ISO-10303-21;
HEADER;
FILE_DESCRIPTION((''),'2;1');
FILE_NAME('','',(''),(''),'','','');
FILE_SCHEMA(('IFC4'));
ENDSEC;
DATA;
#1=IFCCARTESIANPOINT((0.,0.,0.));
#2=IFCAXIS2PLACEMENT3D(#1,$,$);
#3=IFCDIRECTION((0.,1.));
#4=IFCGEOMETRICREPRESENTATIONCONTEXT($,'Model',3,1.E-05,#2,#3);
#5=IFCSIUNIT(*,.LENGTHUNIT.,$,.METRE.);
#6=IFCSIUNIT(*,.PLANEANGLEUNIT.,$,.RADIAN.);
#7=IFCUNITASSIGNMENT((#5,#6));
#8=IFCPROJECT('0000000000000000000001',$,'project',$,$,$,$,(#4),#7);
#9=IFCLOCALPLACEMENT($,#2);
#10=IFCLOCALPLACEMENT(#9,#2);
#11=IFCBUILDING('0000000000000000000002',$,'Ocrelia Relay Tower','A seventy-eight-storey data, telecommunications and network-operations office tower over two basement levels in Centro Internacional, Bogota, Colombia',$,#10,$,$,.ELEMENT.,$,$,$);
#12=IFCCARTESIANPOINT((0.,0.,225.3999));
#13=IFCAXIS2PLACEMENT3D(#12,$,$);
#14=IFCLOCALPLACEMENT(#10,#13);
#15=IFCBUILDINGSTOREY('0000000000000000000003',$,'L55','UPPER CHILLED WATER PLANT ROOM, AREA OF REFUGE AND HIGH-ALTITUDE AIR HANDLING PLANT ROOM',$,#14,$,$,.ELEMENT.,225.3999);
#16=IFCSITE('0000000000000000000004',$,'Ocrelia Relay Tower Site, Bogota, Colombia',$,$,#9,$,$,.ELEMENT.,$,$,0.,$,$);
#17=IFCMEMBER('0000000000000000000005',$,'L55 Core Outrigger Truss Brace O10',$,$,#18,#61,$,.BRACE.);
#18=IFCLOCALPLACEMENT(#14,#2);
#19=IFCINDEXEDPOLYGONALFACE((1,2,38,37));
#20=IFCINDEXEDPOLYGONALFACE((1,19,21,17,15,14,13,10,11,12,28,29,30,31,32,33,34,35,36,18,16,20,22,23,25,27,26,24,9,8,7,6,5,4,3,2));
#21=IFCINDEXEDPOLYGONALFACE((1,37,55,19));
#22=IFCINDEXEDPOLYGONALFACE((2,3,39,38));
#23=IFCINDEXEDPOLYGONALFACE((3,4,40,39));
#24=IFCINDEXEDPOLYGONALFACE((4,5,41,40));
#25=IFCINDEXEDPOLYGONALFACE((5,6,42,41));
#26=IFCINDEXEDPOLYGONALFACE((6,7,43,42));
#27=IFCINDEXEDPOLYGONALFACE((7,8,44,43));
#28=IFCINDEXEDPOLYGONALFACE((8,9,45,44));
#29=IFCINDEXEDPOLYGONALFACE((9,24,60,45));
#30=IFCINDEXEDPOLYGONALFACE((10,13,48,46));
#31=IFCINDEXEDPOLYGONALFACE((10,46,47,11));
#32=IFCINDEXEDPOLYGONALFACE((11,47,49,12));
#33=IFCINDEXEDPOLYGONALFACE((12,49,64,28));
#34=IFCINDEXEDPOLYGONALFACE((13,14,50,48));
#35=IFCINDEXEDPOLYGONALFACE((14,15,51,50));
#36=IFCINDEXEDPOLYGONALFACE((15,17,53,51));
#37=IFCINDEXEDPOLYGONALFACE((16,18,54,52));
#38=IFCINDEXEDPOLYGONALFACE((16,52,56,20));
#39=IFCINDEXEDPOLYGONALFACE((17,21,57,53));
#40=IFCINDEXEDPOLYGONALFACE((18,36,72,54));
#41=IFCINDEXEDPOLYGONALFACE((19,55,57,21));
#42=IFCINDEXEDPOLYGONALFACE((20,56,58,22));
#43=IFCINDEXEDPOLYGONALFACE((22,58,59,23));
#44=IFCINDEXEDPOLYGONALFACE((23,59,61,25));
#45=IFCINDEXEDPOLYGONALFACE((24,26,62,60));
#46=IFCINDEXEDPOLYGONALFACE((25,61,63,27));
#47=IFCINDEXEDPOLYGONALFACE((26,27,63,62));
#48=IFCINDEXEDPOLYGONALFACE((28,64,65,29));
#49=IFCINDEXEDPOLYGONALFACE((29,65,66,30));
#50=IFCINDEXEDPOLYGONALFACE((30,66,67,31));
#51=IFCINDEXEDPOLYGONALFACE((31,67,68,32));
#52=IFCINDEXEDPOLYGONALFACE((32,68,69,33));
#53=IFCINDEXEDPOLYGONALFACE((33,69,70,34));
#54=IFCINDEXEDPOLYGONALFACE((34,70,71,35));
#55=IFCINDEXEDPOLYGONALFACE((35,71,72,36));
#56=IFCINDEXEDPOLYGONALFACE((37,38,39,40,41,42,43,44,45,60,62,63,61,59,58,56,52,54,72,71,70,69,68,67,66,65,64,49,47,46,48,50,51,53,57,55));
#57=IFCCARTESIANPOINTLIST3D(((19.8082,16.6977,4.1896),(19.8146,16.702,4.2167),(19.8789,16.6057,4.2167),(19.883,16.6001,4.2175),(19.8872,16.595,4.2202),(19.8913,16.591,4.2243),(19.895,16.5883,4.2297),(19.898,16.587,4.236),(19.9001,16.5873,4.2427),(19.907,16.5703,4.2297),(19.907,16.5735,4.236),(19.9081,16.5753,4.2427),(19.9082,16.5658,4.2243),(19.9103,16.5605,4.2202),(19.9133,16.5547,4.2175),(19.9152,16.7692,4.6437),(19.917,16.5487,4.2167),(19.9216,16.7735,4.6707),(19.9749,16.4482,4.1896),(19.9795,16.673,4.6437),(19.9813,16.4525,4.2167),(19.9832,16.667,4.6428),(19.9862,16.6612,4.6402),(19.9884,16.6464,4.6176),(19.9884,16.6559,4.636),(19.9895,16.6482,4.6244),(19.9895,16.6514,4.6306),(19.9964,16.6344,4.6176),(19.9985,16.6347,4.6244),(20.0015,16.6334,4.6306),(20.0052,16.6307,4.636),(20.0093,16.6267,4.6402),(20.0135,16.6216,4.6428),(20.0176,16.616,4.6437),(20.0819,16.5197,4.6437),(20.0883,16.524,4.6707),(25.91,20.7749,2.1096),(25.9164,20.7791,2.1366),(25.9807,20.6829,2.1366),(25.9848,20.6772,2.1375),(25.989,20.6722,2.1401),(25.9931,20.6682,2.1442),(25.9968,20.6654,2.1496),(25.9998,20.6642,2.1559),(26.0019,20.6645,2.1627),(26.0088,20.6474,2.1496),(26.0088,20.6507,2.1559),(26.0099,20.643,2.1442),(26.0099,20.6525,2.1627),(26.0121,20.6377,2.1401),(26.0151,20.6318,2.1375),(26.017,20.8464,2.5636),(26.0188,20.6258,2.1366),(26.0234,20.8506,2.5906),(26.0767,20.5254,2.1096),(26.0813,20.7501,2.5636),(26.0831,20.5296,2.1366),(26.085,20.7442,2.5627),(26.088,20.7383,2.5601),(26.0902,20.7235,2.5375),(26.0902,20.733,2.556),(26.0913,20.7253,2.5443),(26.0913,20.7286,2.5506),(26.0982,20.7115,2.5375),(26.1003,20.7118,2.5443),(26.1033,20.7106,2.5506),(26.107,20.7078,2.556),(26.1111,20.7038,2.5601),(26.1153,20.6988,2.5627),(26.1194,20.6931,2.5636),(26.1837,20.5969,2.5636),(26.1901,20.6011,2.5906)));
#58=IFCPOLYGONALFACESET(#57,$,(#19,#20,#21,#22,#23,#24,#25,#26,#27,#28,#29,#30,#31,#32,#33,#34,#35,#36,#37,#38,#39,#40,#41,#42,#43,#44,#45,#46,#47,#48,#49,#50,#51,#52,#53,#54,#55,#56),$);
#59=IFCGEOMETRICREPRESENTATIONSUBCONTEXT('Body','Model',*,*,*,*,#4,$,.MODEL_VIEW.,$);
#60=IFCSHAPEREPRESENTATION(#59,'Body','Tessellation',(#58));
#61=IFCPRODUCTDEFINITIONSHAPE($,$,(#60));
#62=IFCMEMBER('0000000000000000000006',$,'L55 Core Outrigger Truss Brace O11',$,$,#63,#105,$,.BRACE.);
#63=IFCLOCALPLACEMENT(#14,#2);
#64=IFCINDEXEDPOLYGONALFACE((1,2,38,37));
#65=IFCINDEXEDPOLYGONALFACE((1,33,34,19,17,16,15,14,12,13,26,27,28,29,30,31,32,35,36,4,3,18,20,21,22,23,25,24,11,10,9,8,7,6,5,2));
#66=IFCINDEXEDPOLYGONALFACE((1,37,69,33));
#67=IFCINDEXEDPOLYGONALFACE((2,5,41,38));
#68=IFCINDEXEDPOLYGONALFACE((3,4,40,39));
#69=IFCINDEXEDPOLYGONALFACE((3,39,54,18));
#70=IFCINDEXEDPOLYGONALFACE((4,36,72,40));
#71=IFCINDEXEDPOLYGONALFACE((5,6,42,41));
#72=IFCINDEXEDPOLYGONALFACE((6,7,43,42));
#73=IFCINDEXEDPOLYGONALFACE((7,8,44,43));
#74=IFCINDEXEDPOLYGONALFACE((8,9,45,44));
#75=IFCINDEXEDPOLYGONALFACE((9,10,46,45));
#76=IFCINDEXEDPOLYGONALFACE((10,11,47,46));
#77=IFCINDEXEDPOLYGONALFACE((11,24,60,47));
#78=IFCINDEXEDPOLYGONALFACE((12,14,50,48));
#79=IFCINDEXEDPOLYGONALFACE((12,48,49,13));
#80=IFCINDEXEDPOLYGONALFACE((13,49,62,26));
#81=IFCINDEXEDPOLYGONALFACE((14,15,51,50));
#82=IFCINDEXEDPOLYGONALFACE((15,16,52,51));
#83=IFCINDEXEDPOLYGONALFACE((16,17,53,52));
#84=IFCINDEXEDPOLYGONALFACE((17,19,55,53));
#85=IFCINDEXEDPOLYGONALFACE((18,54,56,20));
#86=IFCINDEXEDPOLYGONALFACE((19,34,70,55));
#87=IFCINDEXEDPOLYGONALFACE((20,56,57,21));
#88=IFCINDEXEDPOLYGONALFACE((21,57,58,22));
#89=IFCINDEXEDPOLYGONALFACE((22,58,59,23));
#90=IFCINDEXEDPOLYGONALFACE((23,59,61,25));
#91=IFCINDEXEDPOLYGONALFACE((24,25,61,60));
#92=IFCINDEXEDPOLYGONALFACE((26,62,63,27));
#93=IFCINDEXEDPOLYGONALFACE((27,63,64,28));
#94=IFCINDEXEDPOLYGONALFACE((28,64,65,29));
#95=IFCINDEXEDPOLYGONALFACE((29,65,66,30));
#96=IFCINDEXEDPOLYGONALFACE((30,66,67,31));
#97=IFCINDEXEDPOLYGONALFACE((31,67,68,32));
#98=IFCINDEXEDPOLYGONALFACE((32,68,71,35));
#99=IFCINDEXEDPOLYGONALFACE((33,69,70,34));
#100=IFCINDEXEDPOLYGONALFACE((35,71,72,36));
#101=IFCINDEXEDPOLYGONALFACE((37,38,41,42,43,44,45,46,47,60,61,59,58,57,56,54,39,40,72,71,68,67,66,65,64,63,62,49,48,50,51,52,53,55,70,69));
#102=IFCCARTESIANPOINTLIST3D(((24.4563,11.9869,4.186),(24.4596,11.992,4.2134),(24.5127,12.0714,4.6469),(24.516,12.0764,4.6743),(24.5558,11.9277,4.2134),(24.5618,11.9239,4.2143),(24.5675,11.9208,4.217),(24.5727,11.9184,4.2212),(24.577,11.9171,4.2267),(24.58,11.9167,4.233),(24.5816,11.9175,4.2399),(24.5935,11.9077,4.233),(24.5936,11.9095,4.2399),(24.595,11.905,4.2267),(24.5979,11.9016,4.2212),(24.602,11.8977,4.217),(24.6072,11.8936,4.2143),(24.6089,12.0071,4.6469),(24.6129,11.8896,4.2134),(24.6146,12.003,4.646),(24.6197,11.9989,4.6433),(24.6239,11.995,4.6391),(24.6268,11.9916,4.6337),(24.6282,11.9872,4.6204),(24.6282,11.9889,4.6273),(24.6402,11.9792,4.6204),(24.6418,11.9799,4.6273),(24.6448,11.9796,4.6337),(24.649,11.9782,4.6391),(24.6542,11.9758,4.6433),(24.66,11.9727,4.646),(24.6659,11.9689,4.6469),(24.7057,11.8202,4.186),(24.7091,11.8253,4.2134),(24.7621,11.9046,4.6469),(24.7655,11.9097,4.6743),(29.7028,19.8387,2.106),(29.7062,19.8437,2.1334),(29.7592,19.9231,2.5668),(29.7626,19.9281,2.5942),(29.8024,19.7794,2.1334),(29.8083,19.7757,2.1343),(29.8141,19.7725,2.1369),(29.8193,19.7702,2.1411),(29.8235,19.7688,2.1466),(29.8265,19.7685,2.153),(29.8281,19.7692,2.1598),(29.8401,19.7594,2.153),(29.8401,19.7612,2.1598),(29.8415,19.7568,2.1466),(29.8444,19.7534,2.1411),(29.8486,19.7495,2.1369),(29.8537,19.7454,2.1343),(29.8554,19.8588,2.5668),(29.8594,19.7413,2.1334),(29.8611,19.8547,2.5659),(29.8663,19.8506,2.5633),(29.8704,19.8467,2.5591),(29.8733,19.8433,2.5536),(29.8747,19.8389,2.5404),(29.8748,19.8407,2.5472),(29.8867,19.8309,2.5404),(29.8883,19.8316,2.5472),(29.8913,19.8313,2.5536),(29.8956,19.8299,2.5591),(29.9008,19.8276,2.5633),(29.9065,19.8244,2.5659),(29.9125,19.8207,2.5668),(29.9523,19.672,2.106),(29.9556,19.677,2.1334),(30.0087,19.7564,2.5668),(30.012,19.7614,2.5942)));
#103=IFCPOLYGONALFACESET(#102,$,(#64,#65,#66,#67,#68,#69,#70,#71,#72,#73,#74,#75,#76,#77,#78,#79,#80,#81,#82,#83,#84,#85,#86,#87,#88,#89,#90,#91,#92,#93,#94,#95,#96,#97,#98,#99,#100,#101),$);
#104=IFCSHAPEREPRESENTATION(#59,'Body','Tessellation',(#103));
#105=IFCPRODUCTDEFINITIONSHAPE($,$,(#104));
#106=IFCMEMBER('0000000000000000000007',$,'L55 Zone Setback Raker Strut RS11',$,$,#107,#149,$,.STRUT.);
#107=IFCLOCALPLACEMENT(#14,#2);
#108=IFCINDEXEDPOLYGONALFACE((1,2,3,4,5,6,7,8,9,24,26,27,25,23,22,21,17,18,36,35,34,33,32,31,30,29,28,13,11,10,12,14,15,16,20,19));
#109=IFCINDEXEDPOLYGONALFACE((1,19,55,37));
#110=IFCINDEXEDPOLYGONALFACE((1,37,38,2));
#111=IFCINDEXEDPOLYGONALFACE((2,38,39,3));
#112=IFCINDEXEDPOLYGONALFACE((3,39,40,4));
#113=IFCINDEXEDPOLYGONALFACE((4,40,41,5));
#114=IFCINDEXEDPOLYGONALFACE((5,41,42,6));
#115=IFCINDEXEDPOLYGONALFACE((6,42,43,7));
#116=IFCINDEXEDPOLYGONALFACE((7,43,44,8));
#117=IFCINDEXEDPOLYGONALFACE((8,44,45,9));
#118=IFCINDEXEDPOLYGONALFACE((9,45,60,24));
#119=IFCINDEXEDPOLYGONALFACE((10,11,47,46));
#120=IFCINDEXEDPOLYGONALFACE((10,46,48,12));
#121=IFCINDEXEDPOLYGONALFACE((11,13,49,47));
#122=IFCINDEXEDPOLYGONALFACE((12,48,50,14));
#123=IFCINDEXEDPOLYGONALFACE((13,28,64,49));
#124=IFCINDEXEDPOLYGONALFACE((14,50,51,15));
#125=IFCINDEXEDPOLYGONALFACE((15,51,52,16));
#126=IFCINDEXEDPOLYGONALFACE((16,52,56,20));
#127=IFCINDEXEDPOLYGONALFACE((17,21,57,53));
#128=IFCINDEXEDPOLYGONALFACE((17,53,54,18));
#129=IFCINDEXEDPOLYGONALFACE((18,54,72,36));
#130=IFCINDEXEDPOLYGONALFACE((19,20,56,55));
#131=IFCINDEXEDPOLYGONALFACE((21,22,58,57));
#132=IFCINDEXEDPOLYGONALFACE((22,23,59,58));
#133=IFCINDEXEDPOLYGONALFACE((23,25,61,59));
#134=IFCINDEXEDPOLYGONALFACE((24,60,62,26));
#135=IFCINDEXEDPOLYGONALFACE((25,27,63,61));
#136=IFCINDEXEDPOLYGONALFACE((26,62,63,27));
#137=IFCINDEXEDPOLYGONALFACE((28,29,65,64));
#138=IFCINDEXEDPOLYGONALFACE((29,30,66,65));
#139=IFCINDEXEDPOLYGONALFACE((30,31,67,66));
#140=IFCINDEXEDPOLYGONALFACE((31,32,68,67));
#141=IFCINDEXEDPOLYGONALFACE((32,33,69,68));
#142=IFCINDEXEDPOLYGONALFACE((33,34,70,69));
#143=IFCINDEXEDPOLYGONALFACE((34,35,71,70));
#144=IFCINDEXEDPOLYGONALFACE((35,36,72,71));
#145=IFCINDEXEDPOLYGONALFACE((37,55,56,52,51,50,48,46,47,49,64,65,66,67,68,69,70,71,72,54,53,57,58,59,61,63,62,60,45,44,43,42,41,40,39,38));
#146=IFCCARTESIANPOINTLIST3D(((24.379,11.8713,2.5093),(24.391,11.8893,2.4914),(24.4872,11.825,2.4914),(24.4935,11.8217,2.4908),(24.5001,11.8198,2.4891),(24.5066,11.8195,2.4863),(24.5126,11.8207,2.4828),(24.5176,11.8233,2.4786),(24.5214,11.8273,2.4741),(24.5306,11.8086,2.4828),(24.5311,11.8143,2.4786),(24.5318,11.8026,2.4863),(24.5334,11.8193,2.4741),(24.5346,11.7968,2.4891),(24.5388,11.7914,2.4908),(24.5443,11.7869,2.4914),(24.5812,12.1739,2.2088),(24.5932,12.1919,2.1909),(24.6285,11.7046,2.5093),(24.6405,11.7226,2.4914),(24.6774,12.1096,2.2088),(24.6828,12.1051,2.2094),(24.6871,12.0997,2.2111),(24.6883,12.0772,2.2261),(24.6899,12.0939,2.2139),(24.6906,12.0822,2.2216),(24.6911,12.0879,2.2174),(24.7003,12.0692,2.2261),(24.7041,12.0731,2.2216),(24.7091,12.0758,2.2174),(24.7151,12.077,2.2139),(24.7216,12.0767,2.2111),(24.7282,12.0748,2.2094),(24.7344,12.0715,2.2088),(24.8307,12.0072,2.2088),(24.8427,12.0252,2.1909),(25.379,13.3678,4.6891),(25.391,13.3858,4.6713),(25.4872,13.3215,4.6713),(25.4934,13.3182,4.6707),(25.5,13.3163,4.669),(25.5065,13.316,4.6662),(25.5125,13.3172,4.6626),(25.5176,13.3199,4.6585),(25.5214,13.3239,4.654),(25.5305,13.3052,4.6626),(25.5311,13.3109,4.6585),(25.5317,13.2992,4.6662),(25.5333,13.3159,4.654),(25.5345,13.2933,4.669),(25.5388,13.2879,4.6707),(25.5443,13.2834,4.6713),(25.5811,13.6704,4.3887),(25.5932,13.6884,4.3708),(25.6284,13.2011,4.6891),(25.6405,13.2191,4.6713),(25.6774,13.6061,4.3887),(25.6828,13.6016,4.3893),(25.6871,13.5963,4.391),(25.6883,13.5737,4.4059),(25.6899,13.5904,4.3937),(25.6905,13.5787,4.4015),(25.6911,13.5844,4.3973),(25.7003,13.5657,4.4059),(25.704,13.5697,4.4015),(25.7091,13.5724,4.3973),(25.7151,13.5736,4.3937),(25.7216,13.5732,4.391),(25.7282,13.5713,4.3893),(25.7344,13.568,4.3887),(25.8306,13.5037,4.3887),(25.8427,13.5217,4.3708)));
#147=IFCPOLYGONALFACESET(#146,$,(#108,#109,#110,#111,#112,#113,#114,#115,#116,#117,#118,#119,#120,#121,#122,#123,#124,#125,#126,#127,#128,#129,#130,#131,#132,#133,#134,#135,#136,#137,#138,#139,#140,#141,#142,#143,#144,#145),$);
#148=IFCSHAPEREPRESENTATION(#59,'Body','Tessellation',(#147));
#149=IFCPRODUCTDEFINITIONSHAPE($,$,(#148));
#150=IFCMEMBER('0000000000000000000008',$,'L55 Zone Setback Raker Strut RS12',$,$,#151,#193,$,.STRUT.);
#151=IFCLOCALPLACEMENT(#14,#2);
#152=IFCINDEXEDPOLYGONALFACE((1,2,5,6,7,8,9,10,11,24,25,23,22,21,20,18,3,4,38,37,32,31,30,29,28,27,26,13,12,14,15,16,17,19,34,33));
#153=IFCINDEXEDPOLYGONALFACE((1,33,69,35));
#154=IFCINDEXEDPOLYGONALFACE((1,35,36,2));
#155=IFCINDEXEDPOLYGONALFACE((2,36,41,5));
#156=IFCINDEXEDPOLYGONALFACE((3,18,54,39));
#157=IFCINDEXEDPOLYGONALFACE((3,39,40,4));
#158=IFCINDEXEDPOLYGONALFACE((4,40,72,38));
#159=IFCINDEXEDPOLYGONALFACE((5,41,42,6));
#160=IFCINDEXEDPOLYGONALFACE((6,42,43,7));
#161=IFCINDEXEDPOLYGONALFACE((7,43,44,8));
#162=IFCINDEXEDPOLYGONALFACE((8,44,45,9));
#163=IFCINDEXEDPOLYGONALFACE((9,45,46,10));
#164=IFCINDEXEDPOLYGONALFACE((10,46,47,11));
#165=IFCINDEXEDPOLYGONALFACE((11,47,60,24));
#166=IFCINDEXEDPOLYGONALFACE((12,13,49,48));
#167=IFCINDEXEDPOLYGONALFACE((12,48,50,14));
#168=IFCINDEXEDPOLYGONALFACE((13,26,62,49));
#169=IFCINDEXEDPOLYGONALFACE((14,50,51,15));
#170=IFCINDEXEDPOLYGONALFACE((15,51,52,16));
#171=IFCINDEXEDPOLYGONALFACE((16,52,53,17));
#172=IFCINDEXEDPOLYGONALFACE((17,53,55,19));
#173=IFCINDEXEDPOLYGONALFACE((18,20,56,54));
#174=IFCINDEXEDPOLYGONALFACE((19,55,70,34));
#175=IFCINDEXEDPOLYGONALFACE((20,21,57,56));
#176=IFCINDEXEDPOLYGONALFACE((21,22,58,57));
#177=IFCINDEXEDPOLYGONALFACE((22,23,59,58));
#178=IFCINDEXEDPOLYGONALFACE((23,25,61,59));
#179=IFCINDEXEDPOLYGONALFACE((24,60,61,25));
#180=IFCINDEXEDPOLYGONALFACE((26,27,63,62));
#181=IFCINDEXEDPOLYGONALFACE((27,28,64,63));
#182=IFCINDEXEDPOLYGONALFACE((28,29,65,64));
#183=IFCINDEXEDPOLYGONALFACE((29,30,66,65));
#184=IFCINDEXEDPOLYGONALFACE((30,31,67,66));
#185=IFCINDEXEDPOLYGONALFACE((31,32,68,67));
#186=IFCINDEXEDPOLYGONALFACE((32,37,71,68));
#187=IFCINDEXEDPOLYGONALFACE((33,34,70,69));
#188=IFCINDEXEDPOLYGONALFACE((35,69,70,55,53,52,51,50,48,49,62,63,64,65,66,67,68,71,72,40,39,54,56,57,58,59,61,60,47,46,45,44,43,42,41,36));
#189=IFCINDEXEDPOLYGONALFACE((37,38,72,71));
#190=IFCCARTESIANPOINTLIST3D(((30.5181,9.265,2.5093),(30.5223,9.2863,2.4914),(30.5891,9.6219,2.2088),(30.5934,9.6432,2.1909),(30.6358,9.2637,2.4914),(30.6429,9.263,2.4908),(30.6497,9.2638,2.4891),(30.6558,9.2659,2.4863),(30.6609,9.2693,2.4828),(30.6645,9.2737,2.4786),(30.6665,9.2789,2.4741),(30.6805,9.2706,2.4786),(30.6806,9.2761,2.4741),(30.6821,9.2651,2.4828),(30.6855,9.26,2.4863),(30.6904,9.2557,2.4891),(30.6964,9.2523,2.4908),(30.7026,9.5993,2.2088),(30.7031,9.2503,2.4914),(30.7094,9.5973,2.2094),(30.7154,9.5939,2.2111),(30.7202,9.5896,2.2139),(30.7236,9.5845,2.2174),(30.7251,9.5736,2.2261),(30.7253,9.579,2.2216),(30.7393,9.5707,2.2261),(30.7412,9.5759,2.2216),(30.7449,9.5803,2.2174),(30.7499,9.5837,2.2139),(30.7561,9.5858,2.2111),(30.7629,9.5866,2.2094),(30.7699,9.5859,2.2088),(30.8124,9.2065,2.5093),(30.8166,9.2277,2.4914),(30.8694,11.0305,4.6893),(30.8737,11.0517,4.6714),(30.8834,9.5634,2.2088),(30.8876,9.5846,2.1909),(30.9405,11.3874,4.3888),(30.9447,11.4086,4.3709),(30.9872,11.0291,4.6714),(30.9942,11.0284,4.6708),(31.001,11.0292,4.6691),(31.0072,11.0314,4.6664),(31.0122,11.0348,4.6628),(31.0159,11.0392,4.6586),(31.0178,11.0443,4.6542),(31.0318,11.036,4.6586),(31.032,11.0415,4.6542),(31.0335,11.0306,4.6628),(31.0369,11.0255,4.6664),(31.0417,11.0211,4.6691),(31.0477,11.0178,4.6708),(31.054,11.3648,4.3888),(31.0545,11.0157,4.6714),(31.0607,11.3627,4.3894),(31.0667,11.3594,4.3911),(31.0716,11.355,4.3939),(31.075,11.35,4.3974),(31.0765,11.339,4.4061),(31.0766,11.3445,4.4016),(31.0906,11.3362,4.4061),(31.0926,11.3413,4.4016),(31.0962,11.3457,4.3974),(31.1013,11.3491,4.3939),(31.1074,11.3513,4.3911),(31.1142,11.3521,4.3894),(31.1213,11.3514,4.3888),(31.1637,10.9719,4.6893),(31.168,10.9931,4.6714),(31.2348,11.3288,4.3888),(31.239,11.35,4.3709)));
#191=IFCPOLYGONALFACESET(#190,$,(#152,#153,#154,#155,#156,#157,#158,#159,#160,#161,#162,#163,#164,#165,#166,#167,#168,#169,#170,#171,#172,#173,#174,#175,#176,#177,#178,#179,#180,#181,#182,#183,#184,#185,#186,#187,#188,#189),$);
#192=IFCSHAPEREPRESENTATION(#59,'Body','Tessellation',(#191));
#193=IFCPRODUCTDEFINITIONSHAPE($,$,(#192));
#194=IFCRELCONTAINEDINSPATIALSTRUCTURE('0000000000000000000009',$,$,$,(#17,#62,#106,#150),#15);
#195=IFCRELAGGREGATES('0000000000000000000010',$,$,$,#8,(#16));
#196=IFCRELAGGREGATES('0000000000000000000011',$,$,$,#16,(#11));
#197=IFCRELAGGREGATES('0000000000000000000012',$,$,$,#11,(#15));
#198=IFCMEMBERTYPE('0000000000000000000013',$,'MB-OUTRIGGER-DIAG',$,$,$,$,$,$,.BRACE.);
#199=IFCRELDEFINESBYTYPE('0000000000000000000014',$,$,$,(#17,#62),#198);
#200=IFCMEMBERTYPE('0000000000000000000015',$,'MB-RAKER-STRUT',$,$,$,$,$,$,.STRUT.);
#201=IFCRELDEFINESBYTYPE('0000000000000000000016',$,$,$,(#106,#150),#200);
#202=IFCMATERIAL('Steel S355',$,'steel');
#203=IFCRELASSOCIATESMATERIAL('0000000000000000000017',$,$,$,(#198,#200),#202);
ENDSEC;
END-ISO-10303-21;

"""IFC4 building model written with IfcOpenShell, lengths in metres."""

from ifc_helpers import new_model, si_unit, direction, frame, origin, origin_2d, place, context, subcontext, project, spatial, i_section, extrude, material, material_profile, profile_set, type_object, element, save


model = new_model("IFC4")

# Units and contexts
model_context = context("Model", 3, precision=1e-05, world=origin(), true_north=direction((0.0, 1.0)))
body_context = subcontext(model_context, "Body", "Model", "MODEL_VIEW")
ifc_project = project(units=[si_unit("LENGTHUNIT", "METRE"), si_unit("PLANEANGLEUNIT", "RADIAN")], contexts=[model_context])

# Site, building, storey
site_placement = place(None, origin())
site = spatial("IfcSite", under=ifc_project, at=site_placement, Name="Ocrelia Relay Tower Site, Bogota, Colombia", CompositionType="ELEMENT", RefElevation=0.0)
building_placement = place(site_placement, origin())
building = spatial("IfcBuilding", under=site, at=building_placement, Name="Ocrelia Relay Tower", Description="A seventy-eight-storey data, telecommunications and network-operations office tower over two basement levels in Centro Internacional, Bogota, Colombia", CompositionType="ELEMENT")
storey_placement = place(building_placement, frame((0.0, 0.0, 225.3999)))
storey = spatial("IfcBuildingStorey", under=building, at=storey_placement, Name="L55", Description="UPPER CHILLED WATER PLANT ROOM, AREA OF REFUGE AND HIGH-ALTITUDE AIR HANDLING PLANT ROOM", CompositionType="ELEMENT", Elevation=225.3999)

# Shared definitions
ifc_material_1 = material(Name="Steel S355", Category="steel")

# Members
ifc_material_profile_1 = material_profile(ifc_material_1, i_section(OverallWidth=0.3, OverallDepth=0.5, WebThickness=0.0144, FlangeThickness=0.0281, FilletRadius=0.0271, at=origin_2d()), Name="HEB 500")
ifc_profile_set_1 = profile_set([ifc_material_profile_1], Name="Steel S355")
member_type_1 = type_object("IfcMemberType", Name="MB-OUTRIGGER-DIAG", PredefinedType="BRACE", material=ifc_profile_set_1)
member_1_placement = place(storey_placement, frame((26.05, 20.688, 2.3501), z_axis=(-0.799953, -0.534518, 0.2727), x_axis=(0.555575, -0.831466, 0.0)))
element("IfcMember", 1, at=member_1_placement, inside=storey, type_object=member_type_1, Name="L55 Core Outrigger Truss Brace O10", PredefinedType="BRACE", context=body_context, shape_type="SweptSolid", body=[
    extrude(i_section(OverallWidth=0.3, OverallDepth=0.5, WebThickness=0.0144, FlangeThickness=0.0281, FilletRadius=0.0271, at=origin_2d()), origin(), (0.0, 0.0, 1.0), 7.6277),
])
member_2_placement = place(storey_placement, frame((29.8574, 19.8, 2.3501), z_axis=(-0.542576, -0.811996, 0.215112), x_axis=(0.831461, -0.555583, 0.0)))
element("IfcMember", 2, at=member_2_placement, inside=storey, type_object=member_type_1, Name="L55 Core Outrigger Truss Brace O11", PredefinedType="BRACE", context=body_context, shape_type="SweptSolid", body=[
    extrude(i_section(OverallWidth=0.3, OverallDepth=0.5, WebThickness=0.0144, FlangeThickness=0.0281, FilletRadius=0.0271, at=origin_2d()), origin(), (0.0, 0.0, 1.0), 9.6697),
])
ifc_material_profile_2 = material_profile(ifc_material_1, i_section(OverallWidth=0.3, OverallDepth=0.5, WebThickness=0.0144, FlangeThickness=0.0281, FilletRadius=0.0271, at=origin_2d()), Name="HEB 500")
ifc_profile_set_2 = profile_set([ifc_material_profile_2], Name="Steel S355")
member_type_2 = type_object("IfcMemberType", Name="MB-RAKER-STRUT", PredefinedType="STRUT", material=ifc_profile_set_2)
member_3_placement = place(storey_placement, frame((24.6108, 11.9482, 2.3501), z_axis=(0.353733, 0.529391, 0.771115), x_axis=(-0.831466, 0.555576, 0.0)))
element("IfcMember", 3, at=member_3_placement, inside=storey, type_object=member_type_2, Name="L55 Zone Setback Raker Strut RS11", PredefinedType="STRUT", context=body_context, shape_type="SweptSolid", body=[
    extrude(i_section(OverallWidth=0.3, OverallDepth=0.5, WebThickness=0.0144, FlangeThickness=0.0281, FilletRadius=0.0271, at=origin_2d()), origin(), (0.0, 0.0, 1.0), 2.8269),
])
member_4_placement = place(storey_placement, frame((30.7029, 9.4248, 2.3501), z_axis=(0.124271, 0.624465, 0.771103), x_axis=(-0.980768, 0.195177, 0.0)))
element("IfcMember", 4, at=member_4_placement, inside=storey, type_object=member_type_2, Name="L55 Zone Setback Raker Strut RS12", PredefinedType="STRUT", context=body_context, shape_type="SweptSolid", body=[
    extrude(i_section(OverallWidth=0.3, OverallDepth=0.5, WebThickness=0.0144, FlangeThickness=0.0281, FilletRadius=0.0271, at=origin_2d()), origin(), (0.0, 0.0, 1.0), 2.8271),
])

save(model, "model.ifc")
